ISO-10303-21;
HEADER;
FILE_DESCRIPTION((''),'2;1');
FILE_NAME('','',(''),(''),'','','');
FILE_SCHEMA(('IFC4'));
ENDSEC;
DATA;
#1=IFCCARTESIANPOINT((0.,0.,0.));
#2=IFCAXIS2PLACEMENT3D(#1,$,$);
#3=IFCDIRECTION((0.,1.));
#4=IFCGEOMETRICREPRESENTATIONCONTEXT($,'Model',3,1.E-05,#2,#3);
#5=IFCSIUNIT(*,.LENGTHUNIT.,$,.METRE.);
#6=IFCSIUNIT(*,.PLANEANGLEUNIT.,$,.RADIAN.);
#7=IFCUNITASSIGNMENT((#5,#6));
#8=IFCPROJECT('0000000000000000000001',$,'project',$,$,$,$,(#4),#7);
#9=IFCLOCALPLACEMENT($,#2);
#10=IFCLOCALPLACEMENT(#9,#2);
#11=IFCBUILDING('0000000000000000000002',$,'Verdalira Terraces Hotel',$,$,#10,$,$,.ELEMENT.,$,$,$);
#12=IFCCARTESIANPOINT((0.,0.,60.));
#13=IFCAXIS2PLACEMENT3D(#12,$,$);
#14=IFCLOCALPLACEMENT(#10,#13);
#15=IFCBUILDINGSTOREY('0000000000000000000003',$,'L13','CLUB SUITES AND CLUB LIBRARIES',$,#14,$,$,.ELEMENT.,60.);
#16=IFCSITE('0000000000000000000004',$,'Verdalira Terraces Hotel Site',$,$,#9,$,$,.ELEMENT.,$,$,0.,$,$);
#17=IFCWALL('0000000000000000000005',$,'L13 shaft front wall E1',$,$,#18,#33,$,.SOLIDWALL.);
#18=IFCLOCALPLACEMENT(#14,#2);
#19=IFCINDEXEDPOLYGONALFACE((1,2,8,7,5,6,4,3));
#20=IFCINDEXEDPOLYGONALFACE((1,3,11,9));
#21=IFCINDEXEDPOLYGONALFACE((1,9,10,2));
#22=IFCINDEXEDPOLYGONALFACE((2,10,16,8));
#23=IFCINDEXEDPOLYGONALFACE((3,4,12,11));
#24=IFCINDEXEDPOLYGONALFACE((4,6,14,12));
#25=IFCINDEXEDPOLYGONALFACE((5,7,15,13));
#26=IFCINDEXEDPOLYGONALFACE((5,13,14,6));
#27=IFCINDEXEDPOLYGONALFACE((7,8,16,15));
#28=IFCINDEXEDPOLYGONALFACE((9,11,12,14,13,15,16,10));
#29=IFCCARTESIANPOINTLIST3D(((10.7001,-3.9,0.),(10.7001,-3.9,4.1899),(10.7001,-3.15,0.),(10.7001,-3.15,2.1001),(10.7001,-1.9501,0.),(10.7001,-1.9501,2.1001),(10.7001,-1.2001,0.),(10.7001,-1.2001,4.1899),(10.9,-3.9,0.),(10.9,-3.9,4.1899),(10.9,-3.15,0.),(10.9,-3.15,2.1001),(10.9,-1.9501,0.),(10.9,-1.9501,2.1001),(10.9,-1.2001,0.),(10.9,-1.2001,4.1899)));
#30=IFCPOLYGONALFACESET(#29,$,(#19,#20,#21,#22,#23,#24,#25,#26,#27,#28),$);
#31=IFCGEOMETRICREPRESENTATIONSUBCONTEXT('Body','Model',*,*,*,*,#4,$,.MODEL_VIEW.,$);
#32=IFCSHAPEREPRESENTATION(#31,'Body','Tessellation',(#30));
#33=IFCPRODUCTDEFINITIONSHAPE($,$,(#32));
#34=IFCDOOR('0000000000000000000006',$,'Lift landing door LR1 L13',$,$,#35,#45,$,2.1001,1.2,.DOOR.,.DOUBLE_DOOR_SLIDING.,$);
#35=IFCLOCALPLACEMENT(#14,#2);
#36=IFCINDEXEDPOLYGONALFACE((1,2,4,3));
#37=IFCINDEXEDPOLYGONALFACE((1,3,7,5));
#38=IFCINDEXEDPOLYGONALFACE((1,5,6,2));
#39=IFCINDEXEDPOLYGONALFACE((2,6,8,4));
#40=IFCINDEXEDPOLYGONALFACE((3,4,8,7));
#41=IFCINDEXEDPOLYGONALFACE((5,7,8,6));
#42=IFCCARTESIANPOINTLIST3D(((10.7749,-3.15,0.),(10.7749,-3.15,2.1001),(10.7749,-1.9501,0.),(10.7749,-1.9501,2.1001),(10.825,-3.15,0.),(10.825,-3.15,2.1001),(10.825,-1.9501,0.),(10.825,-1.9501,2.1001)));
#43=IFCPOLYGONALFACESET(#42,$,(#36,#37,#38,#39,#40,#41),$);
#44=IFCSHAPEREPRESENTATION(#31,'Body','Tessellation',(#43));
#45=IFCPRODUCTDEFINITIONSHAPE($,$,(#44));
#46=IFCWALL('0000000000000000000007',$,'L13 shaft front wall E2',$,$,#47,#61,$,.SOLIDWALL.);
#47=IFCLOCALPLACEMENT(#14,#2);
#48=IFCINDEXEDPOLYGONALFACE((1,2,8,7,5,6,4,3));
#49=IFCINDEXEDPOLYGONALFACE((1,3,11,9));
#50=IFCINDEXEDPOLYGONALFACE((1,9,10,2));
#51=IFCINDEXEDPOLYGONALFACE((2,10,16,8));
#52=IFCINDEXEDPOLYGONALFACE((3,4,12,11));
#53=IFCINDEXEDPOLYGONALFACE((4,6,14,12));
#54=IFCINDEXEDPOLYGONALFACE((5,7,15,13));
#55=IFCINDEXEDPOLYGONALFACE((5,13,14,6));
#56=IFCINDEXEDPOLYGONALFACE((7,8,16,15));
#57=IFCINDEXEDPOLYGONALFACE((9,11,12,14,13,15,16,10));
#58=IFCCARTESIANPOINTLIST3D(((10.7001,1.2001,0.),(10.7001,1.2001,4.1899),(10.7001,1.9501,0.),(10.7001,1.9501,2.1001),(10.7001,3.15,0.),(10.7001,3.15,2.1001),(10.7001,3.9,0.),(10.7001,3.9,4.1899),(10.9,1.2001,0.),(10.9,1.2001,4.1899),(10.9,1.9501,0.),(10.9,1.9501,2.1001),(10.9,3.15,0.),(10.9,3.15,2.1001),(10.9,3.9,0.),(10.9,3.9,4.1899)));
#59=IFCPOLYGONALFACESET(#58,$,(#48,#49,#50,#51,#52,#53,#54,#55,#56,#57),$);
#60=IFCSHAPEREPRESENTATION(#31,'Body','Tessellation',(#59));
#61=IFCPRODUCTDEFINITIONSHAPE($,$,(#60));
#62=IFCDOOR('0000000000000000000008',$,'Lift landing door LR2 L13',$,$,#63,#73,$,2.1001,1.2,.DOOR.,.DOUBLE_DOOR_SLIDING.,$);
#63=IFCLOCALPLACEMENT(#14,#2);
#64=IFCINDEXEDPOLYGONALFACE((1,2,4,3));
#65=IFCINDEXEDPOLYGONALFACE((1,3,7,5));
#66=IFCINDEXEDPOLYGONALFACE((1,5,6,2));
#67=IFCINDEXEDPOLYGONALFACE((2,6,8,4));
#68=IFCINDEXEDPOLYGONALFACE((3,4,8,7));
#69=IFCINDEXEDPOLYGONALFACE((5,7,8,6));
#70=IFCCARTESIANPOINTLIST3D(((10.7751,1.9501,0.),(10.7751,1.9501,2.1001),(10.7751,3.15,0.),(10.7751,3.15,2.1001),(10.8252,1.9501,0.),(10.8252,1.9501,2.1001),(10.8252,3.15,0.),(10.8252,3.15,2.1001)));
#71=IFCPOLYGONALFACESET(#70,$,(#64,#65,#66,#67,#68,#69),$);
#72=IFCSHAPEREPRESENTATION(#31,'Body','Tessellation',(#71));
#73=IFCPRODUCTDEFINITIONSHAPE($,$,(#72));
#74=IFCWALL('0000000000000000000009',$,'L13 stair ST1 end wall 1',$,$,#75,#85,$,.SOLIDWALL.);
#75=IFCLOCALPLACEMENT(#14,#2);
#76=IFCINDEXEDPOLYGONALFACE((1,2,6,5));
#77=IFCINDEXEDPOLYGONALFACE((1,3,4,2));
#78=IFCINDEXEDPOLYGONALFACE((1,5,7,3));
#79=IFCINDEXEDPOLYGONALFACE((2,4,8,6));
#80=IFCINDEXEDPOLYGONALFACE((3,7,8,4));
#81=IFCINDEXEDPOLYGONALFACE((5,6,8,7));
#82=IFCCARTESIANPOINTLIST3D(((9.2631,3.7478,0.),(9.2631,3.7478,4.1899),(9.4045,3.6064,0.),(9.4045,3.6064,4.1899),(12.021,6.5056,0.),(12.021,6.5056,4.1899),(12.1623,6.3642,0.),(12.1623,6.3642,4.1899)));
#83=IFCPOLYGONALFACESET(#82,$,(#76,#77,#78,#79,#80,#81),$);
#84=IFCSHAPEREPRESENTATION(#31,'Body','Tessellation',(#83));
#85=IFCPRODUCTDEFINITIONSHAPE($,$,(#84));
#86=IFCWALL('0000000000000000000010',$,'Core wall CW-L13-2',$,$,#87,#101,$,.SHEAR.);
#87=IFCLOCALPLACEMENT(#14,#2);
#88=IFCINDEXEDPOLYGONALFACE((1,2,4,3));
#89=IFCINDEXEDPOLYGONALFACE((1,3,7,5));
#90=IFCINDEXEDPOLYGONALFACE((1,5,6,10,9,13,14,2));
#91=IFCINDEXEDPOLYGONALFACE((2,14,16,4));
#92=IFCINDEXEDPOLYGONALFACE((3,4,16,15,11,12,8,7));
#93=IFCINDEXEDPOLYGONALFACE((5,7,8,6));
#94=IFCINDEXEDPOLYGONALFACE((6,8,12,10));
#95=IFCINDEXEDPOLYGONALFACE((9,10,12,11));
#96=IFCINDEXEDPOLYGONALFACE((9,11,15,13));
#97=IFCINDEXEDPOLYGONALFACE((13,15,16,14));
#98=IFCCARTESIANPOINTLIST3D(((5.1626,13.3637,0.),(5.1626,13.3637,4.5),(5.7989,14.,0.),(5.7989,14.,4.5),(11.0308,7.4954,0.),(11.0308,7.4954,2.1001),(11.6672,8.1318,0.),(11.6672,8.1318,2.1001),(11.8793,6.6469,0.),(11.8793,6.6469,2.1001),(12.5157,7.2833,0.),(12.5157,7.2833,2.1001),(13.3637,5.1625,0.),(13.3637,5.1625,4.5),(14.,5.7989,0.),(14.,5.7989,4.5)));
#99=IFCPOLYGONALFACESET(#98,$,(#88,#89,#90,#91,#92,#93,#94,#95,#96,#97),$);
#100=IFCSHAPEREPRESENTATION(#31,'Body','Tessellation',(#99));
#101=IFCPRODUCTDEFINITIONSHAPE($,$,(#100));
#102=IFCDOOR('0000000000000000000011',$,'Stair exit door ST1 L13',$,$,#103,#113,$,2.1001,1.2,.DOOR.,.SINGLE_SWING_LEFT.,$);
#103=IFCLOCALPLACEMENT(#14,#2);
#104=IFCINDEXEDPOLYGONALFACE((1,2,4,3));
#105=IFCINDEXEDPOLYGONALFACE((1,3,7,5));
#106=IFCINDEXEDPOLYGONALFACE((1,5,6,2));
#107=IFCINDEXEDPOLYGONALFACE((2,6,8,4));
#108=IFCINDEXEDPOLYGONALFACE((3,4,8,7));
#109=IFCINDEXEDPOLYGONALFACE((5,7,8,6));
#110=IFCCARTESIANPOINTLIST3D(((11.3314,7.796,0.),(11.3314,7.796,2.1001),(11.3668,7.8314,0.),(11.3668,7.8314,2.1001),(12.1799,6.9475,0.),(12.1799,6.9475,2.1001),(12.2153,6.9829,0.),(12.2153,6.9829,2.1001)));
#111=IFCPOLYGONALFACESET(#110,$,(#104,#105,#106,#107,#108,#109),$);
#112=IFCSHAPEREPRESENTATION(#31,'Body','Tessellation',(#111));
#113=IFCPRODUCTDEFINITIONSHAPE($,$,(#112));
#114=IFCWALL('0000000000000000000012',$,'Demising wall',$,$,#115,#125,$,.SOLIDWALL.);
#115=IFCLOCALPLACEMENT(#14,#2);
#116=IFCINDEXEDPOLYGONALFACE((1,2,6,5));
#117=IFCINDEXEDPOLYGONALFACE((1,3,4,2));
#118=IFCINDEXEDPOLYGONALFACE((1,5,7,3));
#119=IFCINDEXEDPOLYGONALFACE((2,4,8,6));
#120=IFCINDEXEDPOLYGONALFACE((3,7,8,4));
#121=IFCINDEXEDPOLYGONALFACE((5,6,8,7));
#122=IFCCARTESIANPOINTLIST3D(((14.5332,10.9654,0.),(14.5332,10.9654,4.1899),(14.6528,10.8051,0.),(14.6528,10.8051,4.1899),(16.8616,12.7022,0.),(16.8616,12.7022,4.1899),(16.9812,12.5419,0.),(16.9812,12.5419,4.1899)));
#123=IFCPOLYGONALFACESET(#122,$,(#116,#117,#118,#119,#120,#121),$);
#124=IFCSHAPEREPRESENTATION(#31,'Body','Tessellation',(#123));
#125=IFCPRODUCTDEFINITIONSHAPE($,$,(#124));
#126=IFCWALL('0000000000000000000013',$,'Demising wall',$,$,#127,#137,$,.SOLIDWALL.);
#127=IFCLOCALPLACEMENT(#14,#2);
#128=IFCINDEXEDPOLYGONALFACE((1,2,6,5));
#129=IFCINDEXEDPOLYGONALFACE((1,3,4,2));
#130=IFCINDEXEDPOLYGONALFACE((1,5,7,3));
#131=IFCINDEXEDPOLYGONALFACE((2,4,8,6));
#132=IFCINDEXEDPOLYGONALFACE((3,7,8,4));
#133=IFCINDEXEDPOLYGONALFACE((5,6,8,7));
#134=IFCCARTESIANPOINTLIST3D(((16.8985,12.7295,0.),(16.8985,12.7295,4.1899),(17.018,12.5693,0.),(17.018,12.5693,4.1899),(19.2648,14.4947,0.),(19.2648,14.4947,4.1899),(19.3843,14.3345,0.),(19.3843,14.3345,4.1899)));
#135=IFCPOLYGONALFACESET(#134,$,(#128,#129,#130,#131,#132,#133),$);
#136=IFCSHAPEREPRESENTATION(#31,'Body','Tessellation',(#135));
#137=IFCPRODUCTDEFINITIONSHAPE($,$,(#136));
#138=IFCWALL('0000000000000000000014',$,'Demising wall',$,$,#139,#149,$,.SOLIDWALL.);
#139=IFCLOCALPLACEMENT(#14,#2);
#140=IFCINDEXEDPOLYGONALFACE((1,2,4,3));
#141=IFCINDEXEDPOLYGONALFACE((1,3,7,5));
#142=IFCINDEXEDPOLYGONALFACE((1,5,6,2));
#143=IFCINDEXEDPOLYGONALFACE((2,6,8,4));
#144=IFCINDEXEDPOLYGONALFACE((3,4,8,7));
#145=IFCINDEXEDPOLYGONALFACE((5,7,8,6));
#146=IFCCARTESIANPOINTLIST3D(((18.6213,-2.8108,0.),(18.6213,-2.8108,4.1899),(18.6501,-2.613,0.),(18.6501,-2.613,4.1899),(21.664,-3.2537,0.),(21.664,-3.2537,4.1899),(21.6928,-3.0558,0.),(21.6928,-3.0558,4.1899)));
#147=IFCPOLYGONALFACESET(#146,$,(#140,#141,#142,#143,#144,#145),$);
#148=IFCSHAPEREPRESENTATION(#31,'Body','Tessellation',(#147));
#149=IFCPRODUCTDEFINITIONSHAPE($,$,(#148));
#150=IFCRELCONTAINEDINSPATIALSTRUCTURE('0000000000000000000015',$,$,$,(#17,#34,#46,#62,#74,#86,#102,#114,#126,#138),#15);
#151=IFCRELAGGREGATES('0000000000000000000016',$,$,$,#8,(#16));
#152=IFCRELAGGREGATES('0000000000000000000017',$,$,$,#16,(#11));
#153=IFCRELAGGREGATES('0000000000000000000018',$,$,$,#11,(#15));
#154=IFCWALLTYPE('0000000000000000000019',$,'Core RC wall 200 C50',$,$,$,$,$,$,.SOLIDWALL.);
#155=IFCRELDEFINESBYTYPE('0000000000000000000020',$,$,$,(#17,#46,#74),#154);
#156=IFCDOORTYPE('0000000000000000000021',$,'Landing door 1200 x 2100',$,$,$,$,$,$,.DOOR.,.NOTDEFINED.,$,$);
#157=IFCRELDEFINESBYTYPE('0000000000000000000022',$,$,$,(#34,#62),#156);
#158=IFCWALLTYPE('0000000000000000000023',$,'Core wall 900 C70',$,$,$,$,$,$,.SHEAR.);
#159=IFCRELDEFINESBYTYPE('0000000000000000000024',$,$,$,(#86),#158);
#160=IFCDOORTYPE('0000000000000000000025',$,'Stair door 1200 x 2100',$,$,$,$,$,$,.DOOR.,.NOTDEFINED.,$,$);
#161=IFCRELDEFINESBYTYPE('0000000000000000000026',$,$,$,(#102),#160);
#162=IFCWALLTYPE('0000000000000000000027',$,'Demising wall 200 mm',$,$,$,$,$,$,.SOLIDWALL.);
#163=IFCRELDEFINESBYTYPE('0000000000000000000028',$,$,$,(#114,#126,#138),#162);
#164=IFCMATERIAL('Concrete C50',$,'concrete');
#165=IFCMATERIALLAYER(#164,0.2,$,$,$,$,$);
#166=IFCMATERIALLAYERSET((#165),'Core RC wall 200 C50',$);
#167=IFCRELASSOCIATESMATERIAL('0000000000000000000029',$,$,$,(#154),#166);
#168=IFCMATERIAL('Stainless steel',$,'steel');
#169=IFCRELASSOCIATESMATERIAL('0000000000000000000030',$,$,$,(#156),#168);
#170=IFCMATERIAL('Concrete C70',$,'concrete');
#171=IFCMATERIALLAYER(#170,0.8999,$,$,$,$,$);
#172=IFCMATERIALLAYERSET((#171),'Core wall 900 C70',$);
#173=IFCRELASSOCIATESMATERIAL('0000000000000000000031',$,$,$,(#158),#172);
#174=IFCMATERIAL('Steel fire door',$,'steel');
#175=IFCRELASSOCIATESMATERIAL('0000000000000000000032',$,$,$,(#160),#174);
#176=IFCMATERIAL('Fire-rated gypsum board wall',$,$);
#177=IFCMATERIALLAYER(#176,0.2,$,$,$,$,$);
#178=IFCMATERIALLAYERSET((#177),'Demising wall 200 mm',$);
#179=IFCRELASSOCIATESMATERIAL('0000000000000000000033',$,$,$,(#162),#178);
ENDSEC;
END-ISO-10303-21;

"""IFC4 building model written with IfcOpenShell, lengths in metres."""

from ifc_helpers import new_model, si_unit, direction, frame, frame_2d, origin, place, context, subcontext, project, spatial, rectangle, extrude, material, layer, layer_set, type_object, element, fill, save


model = new_model("IFC4")

# Units and contexts
model_context = context("Model", 3, precision=1e-05, world=origin(), true_north=direction((0.0, 1.0)))
body_context = subcontext(model_context, "Body", "Model", "MODEL_VIEW")
ifc_project = project(units=[si_unit("LENGTHUNIT", "METRE"), si_unit("PLANEANGLEUNIT", "RADIAN")], contexts=[model_context])

# Site, building, storey
site_placement = place(None, origin())
site = spatial("IfcSite", under=ifc_project, at=site_placement, Name="Verdalira Terraces Hotel Site", CompositionType="ELEMENT", RefElevation=0.0)
building_placement = place(site_placement, origin())
building = spatial("IfcBuilding", under=site, at=building_placement, Name="Verdalira Terraces Hotel", CompositionType="ELEMENT")
storey_placement = place(building_placement, frame((0.0, 0.0, 60.0)))
storey = spatial("IfcBuildingStorey", under=building, at=storey_placement, Name="L13", Description="CLUB SUITES AND CLUB LIBRARIES", CompositionType="ELEMENT", Elevation=60.0)

# Walls, openings, doors
ifc_material_1 = material(Name="Concrete C50", Category="concrete")
ifc_layer_1 = layer(ifc_material_1, 0.2)
ifc_layer_set_1 = layer_set([ifc_layer_1], Name="Core RC wall 200 C50")
wall_type_1 = type_object("IfcWallType", Name="Core RC wall 200 C50", PredefinedType="SOLIDWALL", material=ifc_layer_set_1)
wall_1_placement = place(storey_placement, frame((10.8, -1.2, 0.0), z_axis=(0.0, 0.0, 1.0), x_axis=(0.0, -1.0, 0.0)))
wall_1 = element("IfcWall", 1, at=wall_1_placement, inside=storey, type_object=wall_type_1, Name="L13 shaft front wall E1", PredefinedType="SOLIDWALL", context=body_context, shape_type="SweptSolid", body=[
    extrude(rectangle(XDim=2.7, YDim=0.2, at=frame_2d((1.3501, 0.0))), origin(), (0.0, 0.0, 1.0), 4.1899),
])
opening_1_placement = place(wall_1_placement, frame((0.75, 0.0, 0.0)))
opening_1 = element("IfcOpeningElement", 2, at=opening_1_placement, cuts=wall_1, PredefinedType="OPENING", context=body_context, shape_type="SweptSolid", body=[
    extrude(rectangle(XDim=1.2, YDim=2.1001, at=frame_2d((0.6001, 1.05))), frame((0.0, 0.1099, 0.0), z_axis=(0.0, -1.0, 0.0), x_axis=(1.0, 0.0, 0.0)), (0.0, 0.0, 1.0), 0.22),
])
ifc_material_2 = material(Name="Stainless steel", Category="steel")
door_type_1 = type_object("IfcDoorType", Name="Landing door 1200 x 2100", OperationType="NOTDEFINED", PredefinedType="DOOR", material=ifc_material_2)
door_1_placement = place(opening_1_placement, origin())
door_1 = element("IfcDoor", 3, at=door_1_placement, inside=storey, type_object=door_type_1, Name="Lift landing door LR1 L13", OperationType="DOUBLE_DOOR_SLIDING", OverallHeight=2.1001, OverallWidth=1.2, PredefinedType="DOOR", context=body_context, shape_type="SweptSolid", body=[
    extrude(rectangle(XDim=1.2, YDim=2.1001, at=frame_2d((0.6001, 1.05))), frame((0.0, 0.0249, 0.0), z_axis=(0.0, -1.0, 0.0), x_axis=(1.0, 0.0, 0.0)), (0.0, 0.0, 1.0), 0.05),
])
fill(opening_1, door_1)
wall_2_placement = place(storey_placement, frame((10.8, 1.2, 0.0), z_axis=(0.0, 0.0, 1.0), x_axis=(0.0, 1.0, 0.0)))
wall_2 = element("IfcWall", 4, at=wall_2_placement, inside=storey, type_object=wall_type_1, Name="L13 shaft front wall E2", PredefinedType="SOLIDWALL", context=body_context, shape_type="SweptSolid", body=[
    extrude(rectangle(XDim=2.7, YDim=0.2, at=frame_2d((1.3501, 0.0))), origin(), (0.0, 0.0, 1.0), 4.1899),
])
opening_2_placement = place(wall_2_placement, frame((0.75, 0.0, 0.0)))
opening_2 = element("IfcOpeningElement", 5, at=opening_2_placement, cuts=wall_2, PredefinedType="OPENING", context=body_context, shape_type="SweptSolid", body=[
    extrude(rectangle(XDim=1.2, YDim=2.1001, at=frame_2d((0.6001, 1.05))), frame((0.0, 0.1099, 0.0), z_axis=(0.0, -1.0, 0.0), x_axis=(1.0, 0.0, 0.0)), (0.0, 0.0, 1.0), 0.22),
])
door_2_placement = place(opening_2_placement, origin())
door_2 = element("IfcDoor", 6, at=door_2_placement, inside=storey, type_object=door_type_1, Name="Lift landing door LR2 L13", OperationType="DOUBLE_DOOR_SLIDING", OverallHeight=2.1001, OverallWidth=1.2, PredefinedType="DOOR", context=body_context, shape_type="SweptSolid", body=[
    extrude(rectangle(XDim=1.2, YDim=2.1001, at=frame_2d((0.6001, 1.05))), frame((0.0, 0.0249, 0.0), z_axis=(0.0, -1.0, 0.0), x_axis=(1.0, 0.0, 0.0)), (0.0, 0.0, 1.0), 0.05),
])
fill(opening_2, door_2)

# Wall
wall_3_placement = place(storey_placement, frame((9.3337, 3.677, 0.0), z_axis=(0.0, 0.0, 1.0), x_axis=(0.707107, 0.707107, 0.0)))
element("IfcWall", 7, at=wall_3_placement, inside=storey, type_object=wall_type_1, Name="L13 stair ST1 end wall 1", PredefinedType="SOLIDWALL", context=body_context, shape_type="SweptSolid", body=[
    extrude(rectangle(XDim=3.9001, YDim=0.2, at=frame_2d((1.9502, 0.0))), origin(), (0.0, 0.0, 1.0), 4.1899),
])

# Wall, opening, door
ifc_material_3 = material(Name="Concrete C70", Category="concrete")
ifc_layer_2 = layer(ifc_material_3, 0.8999)
ifc_layer_set_2 = layer_set([ifc_layer_2], Name="Core wall 900 C70")
wall_type_2 = type_object("IfcWallType", Name="Core wall 900 C70", PredefinedType="SHEAR", material=ifc_layer_set_2)
wall_4_placement = place(storey_placement, frame((13.6819, 5.4807, 0.0), z_axis=(0.0, 0.0, 1.0), x_axis=(-0.707107, 0.707107, 0.0)))
wall_4 = element("IfcWall", 8, at=wall_4_placement, inside=storey, type_object=wall_type_2, Name="Core wall CW-L13-2", PredefinedType="SHEAR", context=body_context, shape_type="SweptSolid", body=[
    extrude(rectangle(XDim=11.5981, YDim=0.8999, at=frame_2d((5.7991, 0.0))), origin(), (0.0, 0.0, 1.0), 4.5),
])
opening_3_placement = place(wall_4_placement, frame((2.0991, 0.0, 0.0)))
opening_3 = element("IfcOpeningElement", 9, at=opening_3_placement, cuts=wall_4, PredefinedType="OPENING", context=body_context, shape_type="SweptSolid", body=[
    extrude(rectangle(XDim=1.2, YDim=2.1001, at=frame_2d((0.6001, 1.05))), frame((0.0, 0.46, 0.0), z_axis=(0.0, -1.0, 0.0), x_axis=(1.0, 0.0, 0.0)), (0.0, 0.0, 1.0), 0.9199),
])
ifc_material_4 = material(Name="Steel fire door", Category="steel")
door_type_2 = type_object("IfcDoorType", Name="Stair door 1200 x 2100", OperationType="NOTDEFINED", PredefinedType="DOOR", material=ifc_material_4)
door_3_placement = place(opening_3_placement, origin())
door_3 = element("IfcDoor", 10, at=door_3_placement, inside=storey, type_object=door_type_2, Name="Stair exit door ST1 L13", OperationType="SINGLE_SWING_LEFT", OverallHeight=2.1001, OverallWidth=1.2, PredefinedType="DOOR", context=body_context, shape_type="SweptSolid", body=[
    extrude(rectangle(XDim=1.2, YDim=2.1001, at=frame_2d((0.6001, 1.05))), frame((0.0, 0.0249, 0.0), z_axis=(0.0, -1.0, 0.0), x_axis=(1.0, 0.0, 0.0)), (0.0, 0.0, 1.0), 0.05),
])
fill(opening_3, door_3)

# Walls
ifc_material_5 = material(Name="Fire-rated gypsum board wall")
ifc_layer_3 = layer(ifc_material_5, 0.2)
ifc_layer_set_3 = layer_set([ifc_layer_3], Name="Demising wall 200 mm")
wall_type_3 = type_object("IfcWallType", Name="Demising wall 200 mm", PredefinedType="SOLIDWALL", material=ifc_layer_set_3)
wall_5_placement = place(storey_placement, frame((14.593, 10.8853, 0.0), z_axis=(0.0, 0.0, 1.0), x_axis=(0.801561, 0.597914, 0.0)))
element("IfcWall", 11, at=wall_5_placement, inside=storey, type_object=wall_type_3, Name="Demising wall", PredefinedType="SOLIDWALL", context=body_context, shape_type="SweptSolid", body=[
    extrude(rectangle(XDim=2.9048, YDim=0.2, at=frame_2d((1.4524, 0.0))), origin(), (0.0, 0.0, 1.0), 4.1899),
])
wall_6_placement = place(storey_placement, frame((16.9583, 12.6494, 0.0), z_axis=(0.0, 0.0, 1.0), x_axis=(0.801546, 0.597934, 0.0)))
element("IfcWall", 12, at=wall_6_placement, inside=storey, type_object=wall_type_3, Name="Demising wall", PredefinedType="SOLIDWALL", context=body_context, shape_type="SweptSolid", body=[
    extrude(rectangle(XDim=2.9521, YDim=0.2, at=frame_2d((1.4761, 0.0))), origin(), (0.0, 0.0, 1.0), 4.1899),
])
wall_7_placement = place(storey_placement, frame((18.6357, -2.7119, 0.0), z_axis=(0.0, 0.0, 1.0), x_axis=(0.989573, -0.144033, 0.0)))
element("IfcWall", 13, at=wall_7_placement, inside=storey, type_object=wall_type_3, Name="Demising wall", PredefinedType="SOLIDWALL", context=body_context, shape_type="SweptSolid", body=[
    extrude(rectangle(XDim=3.0747, YDim=0.2, at=frame_2d((1.5374, 0.0))), origin(), (0.0, 0.0, 1.0), 4.1899),
])

save(model, "model.ifc")
